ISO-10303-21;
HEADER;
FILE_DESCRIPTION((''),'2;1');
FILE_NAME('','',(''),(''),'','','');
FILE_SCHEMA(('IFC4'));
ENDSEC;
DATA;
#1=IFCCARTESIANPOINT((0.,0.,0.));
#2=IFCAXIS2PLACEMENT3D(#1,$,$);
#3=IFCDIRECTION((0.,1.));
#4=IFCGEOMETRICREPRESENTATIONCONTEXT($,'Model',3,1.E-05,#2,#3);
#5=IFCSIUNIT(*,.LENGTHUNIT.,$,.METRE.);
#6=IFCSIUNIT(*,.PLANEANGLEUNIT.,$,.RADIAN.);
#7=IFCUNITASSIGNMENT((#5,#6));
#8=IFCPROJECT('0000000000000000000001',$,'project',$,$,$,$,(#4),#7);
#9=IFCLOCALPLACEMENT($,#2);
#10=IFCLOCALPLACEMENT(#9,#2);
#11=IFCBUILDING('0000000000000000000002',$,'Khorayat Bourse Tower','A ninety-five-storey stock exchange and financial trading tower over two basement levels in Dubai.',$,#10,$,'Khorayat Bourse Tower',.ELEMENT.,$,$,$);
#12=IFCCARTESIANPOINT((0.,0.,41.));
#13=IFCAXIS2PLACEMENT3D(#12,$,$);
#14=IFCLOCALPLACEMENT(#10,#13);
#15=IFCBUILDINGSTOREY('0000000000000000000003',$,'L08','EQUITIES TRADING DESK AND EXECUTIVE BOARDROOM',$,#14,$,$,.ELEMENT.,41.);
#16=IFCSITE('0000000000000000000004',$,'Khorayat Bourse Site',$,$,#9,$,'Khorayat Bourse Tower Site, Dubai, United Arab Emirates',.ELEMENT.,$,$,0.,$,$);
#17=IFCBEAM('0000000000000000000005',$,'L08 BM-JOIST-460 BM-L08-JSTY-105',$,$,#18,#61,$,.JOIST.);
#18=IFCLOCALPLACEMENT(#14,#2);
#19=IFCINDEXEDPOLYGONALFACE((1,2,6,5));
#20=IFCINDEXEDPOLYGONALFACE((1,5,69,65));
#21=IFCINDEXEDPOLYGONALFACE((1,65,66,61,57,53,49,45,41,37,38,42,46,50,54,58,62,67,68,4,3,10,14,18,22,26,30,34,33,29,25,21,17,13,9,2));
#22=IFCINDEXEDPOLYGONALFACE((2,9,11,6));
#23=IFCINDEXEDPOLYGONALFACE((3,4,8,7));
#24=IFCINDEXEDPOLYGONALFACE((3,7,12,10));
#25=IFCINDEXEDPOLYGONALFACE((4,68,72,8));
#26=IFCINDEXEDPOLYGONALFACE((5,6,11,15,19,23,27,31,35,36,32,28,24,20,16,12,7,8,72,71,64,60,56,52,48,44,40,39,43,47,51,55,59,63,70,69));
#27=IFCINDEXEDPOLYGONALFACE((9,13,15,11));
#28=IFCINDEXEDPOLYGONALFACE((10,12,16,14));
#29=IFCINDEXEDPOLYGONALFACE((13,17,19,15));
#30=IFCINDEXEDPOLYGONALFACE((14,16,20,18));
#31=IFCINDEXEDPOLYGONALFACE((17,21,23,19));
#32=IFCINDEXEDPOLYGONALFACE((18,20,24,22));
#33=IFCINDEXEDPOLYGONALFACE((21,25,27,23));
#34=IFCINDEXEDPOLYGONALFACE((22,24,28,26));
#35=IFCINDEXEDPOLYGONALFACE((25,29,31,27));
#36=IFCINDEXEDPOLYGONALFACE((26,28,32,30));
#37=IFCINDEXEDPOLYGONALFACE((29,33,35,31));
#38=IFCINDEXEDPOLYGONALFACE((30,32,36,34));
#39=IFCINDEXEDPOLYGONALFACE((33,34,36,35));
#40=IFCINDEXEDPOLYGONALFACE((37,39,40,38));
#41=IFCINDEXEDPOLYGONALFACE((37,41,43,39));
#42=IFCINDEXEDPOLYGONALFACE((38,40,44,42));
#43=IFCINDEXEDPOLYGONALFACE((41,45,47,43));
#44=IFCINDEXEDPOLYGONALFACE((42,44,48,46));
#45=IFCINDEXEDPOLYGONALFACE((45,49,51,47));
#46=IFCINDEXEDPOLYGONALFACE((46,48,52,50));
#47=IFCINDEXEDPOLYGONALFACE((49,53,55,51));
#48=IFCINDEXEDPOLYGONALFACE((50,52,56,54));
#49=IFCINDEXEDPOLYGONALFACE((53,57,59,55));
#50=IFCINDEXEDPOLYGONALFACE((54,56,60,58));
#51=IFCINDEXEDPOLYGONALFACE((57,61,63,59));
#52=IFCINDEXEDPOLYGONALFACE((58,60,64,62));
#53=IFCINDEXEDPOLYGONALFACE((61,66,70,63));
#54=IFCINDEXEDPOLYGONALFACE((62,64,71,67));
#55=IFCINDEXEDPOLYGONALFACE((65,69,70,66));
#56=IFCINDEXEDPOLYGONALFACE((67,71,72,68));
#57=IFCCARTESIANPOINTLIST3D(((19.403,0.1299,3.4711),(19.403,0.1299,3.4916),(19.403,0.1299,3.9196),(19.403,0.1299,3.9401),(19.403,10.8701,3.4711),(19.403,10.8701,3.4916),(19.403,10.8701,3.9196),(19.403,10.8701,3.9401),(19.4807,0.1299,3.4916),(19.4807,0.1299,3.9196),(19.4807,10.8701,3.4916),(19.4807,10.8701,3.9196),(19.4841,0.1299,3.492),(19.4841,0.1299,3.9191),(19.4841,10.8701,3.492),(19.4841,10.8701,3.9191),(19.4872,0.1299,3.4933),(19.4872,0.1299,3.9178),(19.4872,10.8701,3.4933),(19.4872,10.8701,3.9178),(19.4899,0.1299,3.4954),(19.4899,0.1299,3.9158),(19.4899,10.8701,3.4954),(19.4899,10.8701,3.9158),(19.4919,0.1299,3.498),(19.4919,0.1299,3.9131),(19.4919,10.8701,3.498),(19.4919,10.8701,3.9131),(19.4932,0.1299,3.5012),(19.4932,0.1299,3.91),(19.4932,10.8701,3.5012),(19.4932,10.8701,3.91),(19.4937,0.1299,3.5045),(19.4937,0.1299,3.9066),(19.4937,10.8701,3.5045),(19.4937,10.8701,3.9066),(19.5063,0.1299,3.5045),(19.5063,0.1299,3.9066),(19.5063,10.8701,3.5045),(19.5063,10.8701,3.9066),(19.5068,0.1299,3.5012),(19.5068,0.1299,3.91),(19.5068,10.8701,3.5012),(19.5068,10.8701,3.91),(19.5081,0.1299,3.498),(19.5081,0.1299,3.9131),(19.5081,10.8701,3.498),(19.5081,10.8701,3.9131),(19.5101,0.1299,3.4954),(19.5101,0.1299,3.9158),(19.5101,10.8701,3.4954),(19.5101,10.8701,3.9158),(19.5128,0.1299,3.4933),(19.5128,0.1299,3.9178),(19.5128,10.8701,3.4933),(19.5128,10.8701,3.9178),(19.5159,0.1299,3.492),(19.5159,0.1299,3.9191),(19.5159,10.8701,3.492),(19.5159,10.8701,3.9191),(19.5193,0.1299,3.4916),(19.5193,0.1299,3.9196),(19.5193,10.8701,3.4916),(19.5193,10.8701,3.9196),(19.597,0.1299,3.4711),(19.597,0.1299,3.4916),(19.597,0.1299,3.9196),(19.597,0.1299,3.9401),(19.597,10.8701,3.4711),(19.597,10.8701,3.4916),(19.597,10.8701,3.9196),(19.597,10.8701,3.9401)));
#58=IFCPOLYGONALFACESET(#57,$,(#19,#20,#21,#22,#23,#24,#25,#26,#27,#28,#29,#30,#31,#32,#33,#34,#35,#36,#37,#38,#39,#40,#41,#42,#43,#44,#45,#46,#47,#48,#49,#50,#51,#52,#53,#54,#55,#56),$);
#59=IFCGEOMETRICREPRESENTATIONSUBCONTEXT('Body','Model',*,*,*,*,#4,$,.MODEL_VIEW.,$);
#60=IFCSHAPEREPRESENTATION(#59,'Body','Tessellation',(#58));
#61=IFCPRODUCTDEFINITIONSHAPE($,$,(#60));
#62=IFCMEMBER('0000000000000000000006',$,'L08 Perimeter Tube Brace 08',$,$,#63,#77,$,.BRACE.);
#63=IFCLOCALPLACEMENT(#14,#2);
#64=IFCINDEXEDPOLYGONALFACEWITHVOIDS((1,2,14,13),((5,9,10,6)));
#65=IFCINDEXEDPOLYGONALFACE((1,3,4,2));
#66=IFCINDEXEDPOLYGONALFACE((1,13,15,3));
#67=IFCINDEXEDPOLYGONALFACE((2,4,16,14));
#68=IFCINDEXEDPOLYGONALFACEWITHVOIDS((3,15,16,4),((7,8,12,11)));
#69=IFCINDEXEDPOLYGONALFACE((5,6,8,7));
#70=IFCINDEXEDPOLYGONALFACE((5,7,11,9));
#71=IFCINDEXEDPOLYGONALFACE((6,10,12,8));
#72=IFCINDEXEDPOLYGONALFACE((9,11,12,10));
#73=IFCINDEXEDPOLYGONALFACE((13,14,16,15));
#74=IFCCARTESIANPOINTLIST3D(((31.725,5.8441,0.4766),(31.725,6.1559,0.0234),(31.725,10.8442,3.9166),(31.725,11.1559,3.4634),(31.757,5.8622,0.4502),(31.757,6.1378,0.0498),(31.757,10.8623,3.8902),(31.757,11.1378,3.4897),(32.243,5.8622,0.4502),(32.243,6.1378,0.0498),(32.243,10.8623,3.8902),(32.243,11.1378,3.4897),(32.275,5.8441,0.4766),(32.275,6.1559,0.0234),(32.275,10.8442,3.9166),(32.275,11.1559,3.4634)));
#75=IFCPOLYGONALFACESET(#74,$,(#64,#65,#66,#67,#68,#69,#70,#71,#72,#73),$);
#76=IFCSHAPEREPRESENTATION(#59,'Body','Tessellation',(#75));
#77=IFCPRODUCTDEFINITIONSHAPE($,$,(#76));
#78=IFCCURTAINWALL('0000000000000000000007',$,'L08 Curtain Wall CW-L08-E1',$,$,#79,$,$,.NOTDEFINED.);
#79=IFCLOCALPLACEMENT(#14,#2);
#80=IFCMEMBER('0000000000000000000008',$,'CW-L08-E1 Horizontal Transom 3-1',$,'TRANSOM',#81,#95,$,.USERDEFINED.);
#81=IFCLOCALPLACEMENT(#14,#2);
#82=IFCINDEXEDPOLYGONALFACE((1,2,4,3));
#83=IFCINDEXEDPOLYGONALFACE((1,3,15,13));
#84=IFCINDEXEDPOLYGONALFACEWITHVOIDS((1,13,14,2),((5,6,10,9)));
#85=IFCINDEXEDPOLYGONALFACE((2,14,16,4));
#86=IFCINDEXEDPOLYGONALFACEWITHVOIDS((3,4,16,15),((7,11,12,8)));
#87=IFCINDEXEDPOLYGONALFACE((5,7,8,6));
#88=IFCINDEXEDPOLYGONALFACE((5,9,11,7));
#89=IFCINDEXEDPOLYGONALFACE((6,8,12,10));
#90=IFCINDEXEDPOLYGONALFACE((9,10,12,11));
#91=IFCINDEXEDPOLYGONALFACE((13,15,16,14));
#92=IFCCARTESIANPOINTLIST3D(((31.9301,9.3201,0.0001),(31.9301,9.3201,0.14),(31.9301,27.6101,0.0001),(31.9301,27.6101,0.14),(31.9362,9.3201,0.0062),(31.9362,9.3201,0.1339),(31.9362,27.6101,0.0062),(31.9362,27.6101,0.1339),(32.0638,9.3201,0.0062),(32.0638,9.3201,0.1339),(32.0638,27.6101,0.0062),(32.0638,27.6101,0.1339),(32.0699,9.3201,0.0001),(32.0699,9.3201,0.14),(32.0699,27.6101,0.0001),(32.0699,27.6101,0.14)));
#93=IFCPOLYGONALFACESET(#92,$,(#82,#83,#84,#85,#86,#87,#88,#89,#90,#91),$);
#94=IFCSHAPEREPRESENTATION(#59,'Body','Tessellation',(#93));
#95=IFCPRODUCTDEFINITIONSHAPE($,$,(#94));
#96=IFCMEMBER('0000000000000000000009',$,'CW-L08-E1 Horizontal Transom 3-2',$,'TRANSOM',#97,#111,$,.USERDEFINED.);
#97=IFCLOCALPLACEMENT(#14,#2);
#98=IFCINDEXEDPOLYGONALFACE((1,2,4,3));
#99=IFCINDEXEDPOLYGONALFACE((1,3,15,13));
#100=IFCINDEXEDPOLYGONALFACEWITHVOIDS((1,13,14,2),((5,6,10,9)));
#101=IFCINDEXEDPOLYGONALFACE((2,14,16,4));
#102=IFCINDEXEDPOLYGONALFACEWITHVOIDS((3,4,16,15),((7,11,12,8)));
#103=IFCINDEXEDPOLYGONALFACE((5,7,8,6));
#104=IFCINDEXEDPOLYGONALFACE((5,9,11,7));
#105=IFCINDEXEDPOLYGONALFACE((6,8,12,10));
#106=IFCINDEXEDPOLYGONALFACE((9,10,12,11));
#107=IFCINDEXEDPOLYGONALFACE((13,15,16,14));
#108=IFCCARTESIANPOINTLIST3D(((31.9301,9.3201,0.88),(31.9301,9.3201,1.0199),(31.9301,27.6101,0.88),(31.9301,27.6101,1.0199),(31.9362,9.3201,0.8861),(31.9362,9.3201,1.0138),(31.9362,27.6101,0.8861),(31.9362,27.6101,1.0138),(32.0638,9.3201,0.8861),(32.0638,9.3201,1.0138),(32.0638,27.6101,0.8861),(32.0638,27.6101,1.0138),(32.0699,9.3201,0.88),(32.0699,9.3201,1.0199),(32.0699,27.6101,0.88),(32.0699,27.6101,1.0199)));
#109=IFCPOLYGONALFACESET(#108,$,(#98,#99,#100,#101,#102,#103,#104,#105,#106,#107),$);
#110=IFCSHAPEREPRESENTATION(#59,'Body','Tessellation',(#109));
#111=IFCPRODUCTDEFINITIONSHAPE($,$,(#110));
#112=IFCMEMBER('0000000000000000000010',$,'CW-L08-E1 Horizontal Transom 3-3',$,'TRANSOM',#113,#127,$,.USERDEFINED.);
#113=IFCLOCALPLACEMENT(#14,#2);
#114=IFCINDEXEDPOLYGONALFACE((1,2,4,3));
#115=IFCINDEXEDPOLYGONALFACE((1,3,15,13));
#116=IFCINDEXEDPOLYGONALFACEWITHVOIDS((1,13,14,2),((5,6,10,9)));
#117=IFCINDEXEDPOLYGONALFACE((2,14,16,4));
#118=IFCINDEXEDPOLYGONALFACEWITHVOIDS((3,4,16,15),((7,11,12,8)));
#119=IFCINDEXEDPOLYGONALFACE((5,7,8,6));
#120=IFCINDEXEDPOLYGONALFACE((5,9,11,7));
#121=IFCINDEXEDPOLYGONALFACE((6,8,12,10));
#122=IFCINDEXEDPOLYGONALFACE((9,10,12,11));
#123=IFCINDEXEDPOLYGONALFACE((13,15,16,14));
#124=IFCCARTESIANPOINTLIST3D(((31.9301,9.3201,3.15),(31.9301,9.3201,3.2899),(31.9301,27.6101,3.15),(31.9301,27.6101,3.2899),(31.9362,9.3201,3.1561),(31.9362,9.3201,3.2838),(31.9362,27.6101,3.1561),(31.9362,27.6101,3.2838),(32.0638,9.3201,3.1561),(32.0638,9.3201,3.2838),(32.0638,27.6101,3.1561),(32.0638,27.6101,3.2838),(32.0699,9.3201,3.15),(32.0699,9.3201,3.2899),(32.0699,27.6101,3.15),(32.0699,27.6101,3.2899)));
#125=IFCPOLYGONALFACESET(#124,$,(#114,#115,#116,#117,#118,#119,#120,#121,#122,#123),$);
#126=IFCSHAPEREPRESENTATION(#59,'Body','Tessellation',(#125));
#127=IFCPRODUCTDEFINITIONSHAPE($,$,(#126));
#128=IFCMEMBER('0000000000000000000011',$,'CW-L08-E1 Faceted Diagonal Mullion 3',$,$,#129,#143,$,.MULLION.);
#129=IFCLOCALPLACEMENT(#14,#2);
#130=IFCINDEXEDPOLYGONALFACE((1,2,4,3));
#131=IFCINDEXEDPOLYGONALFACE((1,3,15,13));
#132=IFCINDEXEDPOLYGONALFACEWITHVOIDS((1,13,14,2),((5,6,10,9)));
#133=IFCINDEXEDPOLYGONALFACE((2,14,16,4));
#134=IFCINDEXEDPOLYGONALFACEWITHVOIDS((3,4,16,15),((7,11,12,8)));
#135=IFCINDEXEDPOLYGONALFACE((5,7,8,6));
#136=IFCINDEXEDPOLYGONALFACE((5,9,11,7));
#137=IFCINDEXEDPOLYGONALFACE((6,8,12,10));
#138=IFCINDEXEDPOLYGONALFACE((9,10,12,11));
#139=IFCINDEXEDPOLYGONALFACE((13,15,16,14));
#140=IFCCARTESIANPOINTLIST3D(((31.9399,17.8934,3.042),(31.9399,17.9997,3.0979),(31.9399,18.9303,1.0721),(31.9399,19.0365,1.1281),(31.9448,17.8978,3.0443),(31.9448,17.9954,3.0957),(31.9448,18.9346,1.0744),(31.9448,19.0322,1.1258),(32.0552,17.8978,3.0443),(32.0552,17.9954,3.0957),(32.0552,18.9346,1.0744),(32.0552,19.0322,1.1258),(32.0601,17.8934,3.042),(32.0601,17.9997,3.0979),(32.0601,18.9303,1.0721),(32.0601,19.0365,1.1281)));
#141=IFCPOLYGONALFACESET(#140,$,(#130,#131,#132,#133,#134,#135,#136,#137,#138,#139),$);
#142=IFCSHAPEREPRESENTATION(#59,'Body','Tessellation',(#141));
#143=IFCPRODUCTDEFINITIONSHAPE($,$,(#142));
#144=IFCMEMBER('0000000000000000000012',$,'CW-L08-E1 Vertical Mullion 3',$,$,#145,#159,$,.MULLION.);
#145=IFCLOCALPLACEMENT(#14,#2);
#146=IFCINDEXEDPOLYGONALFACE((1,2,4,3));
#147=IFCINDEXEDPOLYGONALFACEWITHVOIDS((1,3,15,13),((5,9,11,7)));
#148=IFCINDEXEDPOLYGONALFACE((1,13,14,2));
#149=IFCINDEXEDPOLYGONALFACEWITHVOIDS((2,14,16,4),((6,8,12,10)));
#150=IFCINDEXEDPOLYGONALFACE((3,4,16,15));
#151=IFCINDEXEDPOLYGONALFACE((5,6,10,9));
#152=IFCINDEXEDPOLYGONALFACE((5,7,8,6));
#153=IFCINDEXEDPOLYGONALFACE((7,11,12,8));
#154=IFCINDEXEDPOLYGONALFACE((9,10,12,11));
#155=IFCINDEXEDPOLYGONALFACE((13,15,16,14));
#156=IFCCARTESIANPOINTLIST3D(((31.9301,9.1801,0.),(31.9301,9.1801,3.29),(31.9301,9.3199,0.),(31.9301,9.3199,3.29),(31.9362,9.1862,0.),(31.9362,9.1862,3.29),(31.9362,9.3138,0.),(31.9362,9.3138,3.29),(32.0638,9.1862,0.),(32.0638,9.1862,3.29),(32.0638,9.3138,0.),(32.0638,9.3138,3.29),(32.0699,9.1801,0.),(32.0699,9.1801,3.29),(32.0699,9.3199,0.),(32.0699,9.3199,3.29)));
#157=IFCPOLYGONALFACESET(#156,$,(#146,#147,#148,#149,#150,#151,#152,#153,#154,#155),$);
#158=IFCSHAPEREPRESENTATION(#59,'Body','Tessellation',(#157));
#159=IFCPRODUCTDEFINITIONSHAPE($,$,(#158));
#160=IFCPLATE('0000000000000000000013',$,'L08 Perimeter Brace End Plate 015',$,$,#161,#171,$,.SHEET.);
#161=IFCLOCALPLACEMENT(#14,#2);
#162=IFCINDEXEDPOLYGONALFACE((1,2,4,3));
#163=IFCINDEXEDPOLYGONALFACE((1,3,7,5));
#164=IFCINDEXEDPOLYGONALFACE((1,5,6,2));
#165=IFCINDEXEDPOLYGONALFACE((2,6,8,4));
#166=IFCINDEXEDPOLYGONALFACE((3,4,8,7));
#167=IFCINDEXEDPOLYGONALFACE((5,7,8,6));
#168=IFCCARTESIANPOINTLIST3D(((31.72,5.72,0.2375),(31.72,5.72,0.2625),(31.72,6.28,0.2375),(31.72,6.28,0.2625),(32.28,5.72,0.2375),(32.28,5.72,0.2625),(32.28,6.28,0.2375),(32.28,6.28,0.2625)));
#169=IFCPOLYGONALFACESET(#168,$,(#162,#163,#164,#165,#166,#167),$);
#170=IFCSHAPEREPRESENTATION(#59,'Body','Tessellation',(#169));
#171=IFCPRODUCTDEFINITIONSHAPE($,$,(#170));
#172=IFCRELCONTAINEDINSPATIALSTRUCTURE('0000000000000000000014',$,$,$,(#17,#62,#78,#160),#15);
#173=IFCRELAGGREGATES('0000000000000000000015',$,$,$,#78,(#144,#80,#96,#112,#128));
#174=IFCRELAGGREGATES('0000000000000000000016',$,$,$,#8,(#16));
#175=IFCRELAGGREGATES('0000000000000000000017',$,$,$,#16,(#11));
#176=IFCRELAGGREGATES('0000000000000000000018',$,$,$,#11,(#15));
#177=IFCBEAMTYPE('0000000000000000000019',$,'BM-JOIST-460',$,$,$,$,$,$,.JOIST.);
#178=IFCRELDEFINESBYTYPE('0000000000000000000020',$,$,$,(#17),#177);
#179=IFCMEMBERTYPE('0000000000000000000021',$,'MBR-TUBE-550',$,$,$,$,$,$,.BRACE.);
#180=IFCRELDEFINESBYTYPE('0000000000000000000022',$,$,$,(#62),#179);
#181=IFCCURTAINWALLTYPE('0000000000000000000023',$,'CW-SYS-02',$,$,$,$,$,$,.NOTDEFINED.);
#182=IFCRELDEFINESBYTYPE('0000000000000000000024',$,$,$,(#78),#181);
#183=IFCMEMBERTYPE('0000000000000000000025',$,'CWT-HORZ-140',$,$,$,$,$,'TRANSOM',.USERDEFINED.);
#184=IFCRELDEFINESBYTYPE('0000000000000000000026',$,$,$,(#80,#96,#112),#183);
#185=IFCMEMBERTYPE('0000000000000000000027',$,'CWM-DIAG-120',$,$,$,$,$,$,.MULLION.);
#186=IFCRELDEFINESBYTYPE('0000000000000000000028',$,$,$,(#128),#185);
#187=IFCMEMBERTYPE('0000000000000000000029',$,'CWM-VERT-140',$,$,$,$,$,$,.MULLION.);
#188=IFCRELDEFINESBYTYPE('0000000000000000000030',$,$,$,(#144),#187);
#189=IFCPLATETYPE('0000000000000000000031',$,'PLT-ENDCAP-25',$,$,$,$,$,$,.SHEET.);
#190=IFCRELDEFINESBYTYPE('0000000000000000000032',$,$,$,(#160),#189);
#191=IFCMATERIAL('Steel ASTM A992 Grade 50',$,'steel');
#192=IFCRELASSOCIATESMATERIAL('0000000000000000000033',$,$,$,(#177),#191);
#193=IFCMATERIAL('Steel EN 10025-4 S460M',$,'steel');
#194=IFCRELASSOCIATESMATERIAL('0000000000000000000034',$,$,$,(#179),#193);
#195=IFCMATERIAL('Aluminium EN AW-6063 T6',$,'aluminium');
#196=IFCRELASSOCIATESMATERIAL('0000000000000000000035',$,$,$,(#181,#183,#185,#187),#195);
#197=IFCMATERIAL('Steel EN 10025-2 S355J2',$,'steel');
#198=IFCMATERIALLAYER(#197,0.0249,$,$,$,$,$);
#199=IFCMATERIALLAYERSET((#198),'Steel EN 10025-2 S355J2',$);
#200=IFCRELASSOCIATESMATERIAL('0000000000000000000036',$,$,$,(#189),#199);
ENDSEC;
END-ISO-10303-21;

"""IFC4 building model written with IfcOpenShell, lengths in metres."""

from ifc_helpers import new_model, si_unit, direction, frame, origin, origin_2d, place, context, subcontext, project, spatial, rectangle, hollow_rectangle, i_section, extrude, source, transform, mapped, material, layer, layer_set, material_profile, profile_set, type_object, element, aggregate, save


model = new_model("IFC4")

# Units and contexts
model_context = context("Model", 3, precision=1e-05, world=origin(), true_north=direction((0.0, 1.0)))
body_context = subcontext(model_context, "Body", "Model", "MODEL_VIEW")
ifc_project = project(units=[si_unit("LENGTHUNIT", "METRE"), si_unit("PLANEANGLEUNIT", "RADIAN")], contexts=[model_context])

# Site, building, storey
site_placement = place(None, origin())
site = spatial("IfcSite", under=ifc_project, at=site_placement, Name="Khorayat Bourse Site", LongName="Khorayat Bourse Tower Site, Dubai, United Arab Emirates", CompositionType="ELEMENT", RefElevation=0.0)
building_placement = place(site_placement, origin())
building = spatial("IfcBuilding", under=site, at=building_placement, Name="Khorayat Bourse Tower", Description="A ninety-five-storey stock exchange and financial trading tower over two basement levels in Dubai.", LongName="Khorayat Bourse Tower", CompositionType="ELEMENT")
storey_placement = place(building_placement, frame((0.0, 0.0, 41.0)))
storey = spatial("IfcBuildingStorey", under=building, at=storey_placement, Name="L08", Description="EQUITIES TRADING DESK AND EXECUTIVE BOARDROOM", CompositionType="ELEMENT", Elevation=41.0)

# Shared definitions
ifc_material_1 = material(Name="Steel EN 10025-4 S460M", Category="steel")

# Beam
ifc_material_2 = material(Name="Steel ASTM A992 Grade 50", Category="steel")
ifc_material_profile_1 = material_profile(ifc_material_2, i_section(OverallWidth=0.1941, OverallDepth=0.469, WebThickness=0.0127, FlangeThickness=0.0205, FilletRadius=0.0129, at=origin_2d()), Name="W460X106")
ifc_profile_set_1 = profile_set([ifc_material_profile_1], Name="Steel ASTM A992 Grade 50")
beam_type_1 = type_object("IfcBeamType", Name="BM-JOIST-460", PredefinedType="JOIST", material=ifc_profile_set_1)
shared_shape_1 = source(origin(), body_context, "Body", "SweptSolid", [
    extrude(i_section(OverallWidth=0.1941, OverallDepth=0.469, WebThickness=0.0127, FlangeThickness=0.0205, FilletRadius=0.0129, at=origin_2d()), origin(), (0.0, 0.0, 1.0), 10.7402),
])
beam_1_placement = place(storey_placement, frame((19.5, 0.1299, 3.7056), z_axis=(0.0, 1.0, 0.0), x_axis=(-1.0, 0.0, 0.0)))
element("IfcBeam", 1, at=beam_1_placement, inside=storey, type_object=beam_type_1, Name="L08 BM-JOIST-460 BM-L08-JSTY-105", PredefinedType="JOIST", context=body_context, shape_type="MappedRepresentation", body=[
    mapped(shared_shape_1, transform((0.0, 0.0, 0.0), scale=1.0)),
])

# Member
ifc_material_profile_2 = material_profile(ifc_material_1, hollow_rectangle(XDim=0.55, YDim=0.55, WallThickness=0.032, at=origin_2d()), Name="HSS 550x550x32")
ifc_profile_set_2 = profile_set([ifc_material_profile_2], Name="Steel EN 10025-4 S460M")
member_type_1 = type_object("IfcMemberType", Name="MBR-TUBE-550", PredefinedType="BRACE", material=ifc_profile_set_2)
shared_shape_2 = source(origin(), body_context, "Body", "SweptSolid", [
    extrude(hollow_rectangle(XDim=0.55, YDim=0.55, WallThickness=0.032, at=origin_2d()), origin(), (0.0, 0.0, 1.0), 6.0691),
])
member_1_placement = place(storey_placement, frame((32.0, 6.0, 0.25), z_axis=(0.0, 0.823854, 0.566802), x_axis=(-1.0, 0.0, 0.0)))
element("IfcMember", 2, at=member_1_placement, inside=storey, type_object=member_type_1, Name="L08 Perimeter Tube Brace 08", PredefinedType="BRACE", context=body_context, shape_type="MappedRepresentation", body=[
    mapped(shared_shape_2, transform((0.0, 0.0, 0.0), scale=1.0)),
])

# Curtain wall, members
ifc_material_3 = material(Name="Aluminium EN AW-6063 T6", Category="aluminium")
curtain_wall_type = type_object("IfcCurtainWallType", Name="CW-SYS-02", PredefinedType="NOTDEFINED", material=ifc_material_3)
curtain_wall_placement = place(storey_placement, origin())
curtain_wall = element("IfcCurtainWall", 3, at=curtain_wall_placement, inside=storey, type_object=curtain_wall_type, Name="L08 Curtain Wall CW-L08-E1", PredefinedType="NOTDEFINED")
ifc_material_profile_3 = material_profile(ifc_material_3, hollow_rectangle(XDim=0.1399, YDim=0.1399, WallThickness=0.0061, at=origin_2d()), Name="ALU 140x140x6")
ifc_profile_set_3 = profile_set([ifc_material_profile_3], Name="Aluminium EN AW-6063 T6")
member_type_2 = type_object("IfcMemberType", Name="CWT-HORZ-140", ElementType="TRANSOM", PredefinedType="USERDEFINED", material=ifc_profile_set_3)
shared_shape_3 = source(origin(), body_context, "Body", "SweptSolid", [
    extrude(hollow_rectangle(XDim=0.1399, YDim=0.1399, WallThickness=0.0061, at=origin_2d()), origin(), (0.0, 0.0, 1.0), 18.29),
])
member_2_placement = place(storey_placement, frame((32.0, 9.3201, 0.0701), z_axis=(0.0, 1.0, 0.0), x_axis=(-1.0, 0.0, 0.0)))
member_2 = element("IfcMember", 4, at=member_2_placement, type_object=member_type_2, Name="CW-L08-E1 Horizontal Transom 3-1", ObjectType="TRANSOM", PredefinedType="USERDEFINED", context=body_context, shape_type="MappedRepresentation", body=[
    mapped(shared_shape_3, transform((0.0, 0.0, 0.0), scale=1.0)),
])
member_3_placement = place(storey_placement, frame((32.0, 9.3201, 0.95), z_axis=(0.0, 1.0, 0.0), x_axis=(-1.0, 0.0, 0.0)))
member_3 = element("IfcMember", 5, at=member_3_placement, type_object=member_type_2, Name="CW-L08-E1 Horizontal Transom 3-2", ObjectType="TRANSOM", PredefinedType="USERDEFINED", context=body_context, shape_type="MappedRepresentation", body=[
    mapped(shared_shape_3, transform((0.0, 0.0, 0.0), scale=1.0)),
])
member_4_placement = place(storey_placement, frame((32.0, 9.3201, 3.22), z_axis=(0.0, 1.0, 0.0), x_axis=(-1.0, 0.0, 0.0)))
member_4 = element("IfcMember", 6, at=member_4_placement, type_object=member_type_2, Name="CW-L08-E1 Horizontal Transom 3-3", ObjectType="TRANSOM", PredefinedType="USERDEFINED", context=body_context, shape_type="MappedRepresentation", body=[
    mapped(shared_shape_3, transform((0.0, 0.0, 0.0), scale=1.0)),
])
ifc_material_profile_4 = material_profile(ifc_material_3, hollow_rectangle(XDim=0.1201, YDim=0.1201, WallThickness=0.0049, at=origin_2d()), Name="ALU 120x120x5")
ifc_profile_set_4 = profile_set([ifc_material_profile_4], Name="Aluminium EN AW-6063 T6")
member_type_3 = type_object("IfcMemberType", Name="CWM-DIAG-120", PredefinedType="MULLION", material=ifc_profile_set_4)
shared_shape_4 = source(origin(), body_context, "Body", "SweptSolid", [
    extrude(hollow_rectangle(XDim=0.1201, YDim=0.1201, WallThickness=0.0049, at=origin_2d()), origin(), (0.0, 0.0, 1.0), 2.2261),
])
member_5_placement = place(storey_placement, frame((32.0, 18.9834, 1.1001), z_axis=(0.0, -0.46576, 0.884911), x_axis=(1.0, 0.0, 0.0)))
member_5 = element("IfcMember", 7, at=member_5_placement, type_object=member_type_3, Name="CW-L08-E1 Faceted Diagonal Mullion 3", PredefinedType="MULLION", context=body_context, shape_type="MappedRepresentation", body=[
    mapped(shared_shape_4, transform((0.0, 0.0, 0.0), scale=1.0)),
])
ifc_material_profile_5 = material_profile(ifc_material_3, hollow_rectangle(XDim=0.1399, YDim=0.1399, WallThickness=0.0061, at=origin_2d()), Name="ALU 140x140x6")
ifc_profile_set_5 = profile_set([ifc_material_profile_5], Name="Aluminium EN AW-6063 T6")
member_type_4 = type_object("IfcMemberType", Name="CWM-VERT-140", PredefinedType="MULLION", material=ifc_profile_set_5)
shared_shape_5 = source(origin(), body_context, "Body", "SweptSolid", [
    extrude(hollow_rectangle(XDim=0.1399, YDim=0.1399, WallThickness=0.0061, at=origin_2d()), origin(), (0.0, 0.0, 1.0), 3.29),
])
member_6_placement = place(storey_placement, frame((32.0, 9.25, 0.0), z_axis=(0.0, 0.0, 1.0), x_axis=(-1.0, 0.0, 0.0)))
member_6 = element("IfcMember", 8, at=member_6_placement, type_object=member_type_4, Name="CW-L08-E1 Vertical Mullion 3", PredefinedType="MULLION", context=body_context, shape_type="MappedRepresentation", body=[
    mapped(shared_shape_5, transform((0.0, 0.0, 0.0), scale=1.0)),
])

# Plate
ifc_material_4 = material(Name="Steel EN 10025-2 S355J2", Category="steel")
ifc_layer_1 = layer(ifc_material_4, 0.0249)
ifc_layer_set_1 = layer_set([ifc_layer_1], Name="Steel EN 10025-2 S355J2")
plate_type_1 = type_object("IfcPlateType", Name="PLT-ENDCAP-25", PredefinedType="SHEET", material=ifc_layer_set_1)
shared_shape_6 = source(origin(), body_context, "Body", "SweptSolid", [
    extrude(rectangle(XDim=0.5601, YDim=0.5601, at=origin_2d()), origin(), (0.0, 0.0, 1.0), 0.0249),
])
for number, where, z_axis, x_axis, name in (
    (9, (32.0, 6.0, 0.2375), (0.0, 0.0, 1.0), (1.0, 0.0, 0.0), "L08 Perimeter Brace End Plate 015"),
):
    element("IfcPlate", number, at=place(storey_placement, frame(where, z_axis=z_axis, x_axis=x_axis)), inside=storey, type_object=plate_type_1, Name=name, PredefinedType="SHEET", context=body_context, shape_type="MappedRepresentation", body=[
        mapped(shared_shape_6, transform((0.0, 0.0, 0.0), scale=1.0)),
    ])

aggregate(curtain_wall, [member_6, member_2, member_3, member_4, member_5])

save(model, "model.ifc")
